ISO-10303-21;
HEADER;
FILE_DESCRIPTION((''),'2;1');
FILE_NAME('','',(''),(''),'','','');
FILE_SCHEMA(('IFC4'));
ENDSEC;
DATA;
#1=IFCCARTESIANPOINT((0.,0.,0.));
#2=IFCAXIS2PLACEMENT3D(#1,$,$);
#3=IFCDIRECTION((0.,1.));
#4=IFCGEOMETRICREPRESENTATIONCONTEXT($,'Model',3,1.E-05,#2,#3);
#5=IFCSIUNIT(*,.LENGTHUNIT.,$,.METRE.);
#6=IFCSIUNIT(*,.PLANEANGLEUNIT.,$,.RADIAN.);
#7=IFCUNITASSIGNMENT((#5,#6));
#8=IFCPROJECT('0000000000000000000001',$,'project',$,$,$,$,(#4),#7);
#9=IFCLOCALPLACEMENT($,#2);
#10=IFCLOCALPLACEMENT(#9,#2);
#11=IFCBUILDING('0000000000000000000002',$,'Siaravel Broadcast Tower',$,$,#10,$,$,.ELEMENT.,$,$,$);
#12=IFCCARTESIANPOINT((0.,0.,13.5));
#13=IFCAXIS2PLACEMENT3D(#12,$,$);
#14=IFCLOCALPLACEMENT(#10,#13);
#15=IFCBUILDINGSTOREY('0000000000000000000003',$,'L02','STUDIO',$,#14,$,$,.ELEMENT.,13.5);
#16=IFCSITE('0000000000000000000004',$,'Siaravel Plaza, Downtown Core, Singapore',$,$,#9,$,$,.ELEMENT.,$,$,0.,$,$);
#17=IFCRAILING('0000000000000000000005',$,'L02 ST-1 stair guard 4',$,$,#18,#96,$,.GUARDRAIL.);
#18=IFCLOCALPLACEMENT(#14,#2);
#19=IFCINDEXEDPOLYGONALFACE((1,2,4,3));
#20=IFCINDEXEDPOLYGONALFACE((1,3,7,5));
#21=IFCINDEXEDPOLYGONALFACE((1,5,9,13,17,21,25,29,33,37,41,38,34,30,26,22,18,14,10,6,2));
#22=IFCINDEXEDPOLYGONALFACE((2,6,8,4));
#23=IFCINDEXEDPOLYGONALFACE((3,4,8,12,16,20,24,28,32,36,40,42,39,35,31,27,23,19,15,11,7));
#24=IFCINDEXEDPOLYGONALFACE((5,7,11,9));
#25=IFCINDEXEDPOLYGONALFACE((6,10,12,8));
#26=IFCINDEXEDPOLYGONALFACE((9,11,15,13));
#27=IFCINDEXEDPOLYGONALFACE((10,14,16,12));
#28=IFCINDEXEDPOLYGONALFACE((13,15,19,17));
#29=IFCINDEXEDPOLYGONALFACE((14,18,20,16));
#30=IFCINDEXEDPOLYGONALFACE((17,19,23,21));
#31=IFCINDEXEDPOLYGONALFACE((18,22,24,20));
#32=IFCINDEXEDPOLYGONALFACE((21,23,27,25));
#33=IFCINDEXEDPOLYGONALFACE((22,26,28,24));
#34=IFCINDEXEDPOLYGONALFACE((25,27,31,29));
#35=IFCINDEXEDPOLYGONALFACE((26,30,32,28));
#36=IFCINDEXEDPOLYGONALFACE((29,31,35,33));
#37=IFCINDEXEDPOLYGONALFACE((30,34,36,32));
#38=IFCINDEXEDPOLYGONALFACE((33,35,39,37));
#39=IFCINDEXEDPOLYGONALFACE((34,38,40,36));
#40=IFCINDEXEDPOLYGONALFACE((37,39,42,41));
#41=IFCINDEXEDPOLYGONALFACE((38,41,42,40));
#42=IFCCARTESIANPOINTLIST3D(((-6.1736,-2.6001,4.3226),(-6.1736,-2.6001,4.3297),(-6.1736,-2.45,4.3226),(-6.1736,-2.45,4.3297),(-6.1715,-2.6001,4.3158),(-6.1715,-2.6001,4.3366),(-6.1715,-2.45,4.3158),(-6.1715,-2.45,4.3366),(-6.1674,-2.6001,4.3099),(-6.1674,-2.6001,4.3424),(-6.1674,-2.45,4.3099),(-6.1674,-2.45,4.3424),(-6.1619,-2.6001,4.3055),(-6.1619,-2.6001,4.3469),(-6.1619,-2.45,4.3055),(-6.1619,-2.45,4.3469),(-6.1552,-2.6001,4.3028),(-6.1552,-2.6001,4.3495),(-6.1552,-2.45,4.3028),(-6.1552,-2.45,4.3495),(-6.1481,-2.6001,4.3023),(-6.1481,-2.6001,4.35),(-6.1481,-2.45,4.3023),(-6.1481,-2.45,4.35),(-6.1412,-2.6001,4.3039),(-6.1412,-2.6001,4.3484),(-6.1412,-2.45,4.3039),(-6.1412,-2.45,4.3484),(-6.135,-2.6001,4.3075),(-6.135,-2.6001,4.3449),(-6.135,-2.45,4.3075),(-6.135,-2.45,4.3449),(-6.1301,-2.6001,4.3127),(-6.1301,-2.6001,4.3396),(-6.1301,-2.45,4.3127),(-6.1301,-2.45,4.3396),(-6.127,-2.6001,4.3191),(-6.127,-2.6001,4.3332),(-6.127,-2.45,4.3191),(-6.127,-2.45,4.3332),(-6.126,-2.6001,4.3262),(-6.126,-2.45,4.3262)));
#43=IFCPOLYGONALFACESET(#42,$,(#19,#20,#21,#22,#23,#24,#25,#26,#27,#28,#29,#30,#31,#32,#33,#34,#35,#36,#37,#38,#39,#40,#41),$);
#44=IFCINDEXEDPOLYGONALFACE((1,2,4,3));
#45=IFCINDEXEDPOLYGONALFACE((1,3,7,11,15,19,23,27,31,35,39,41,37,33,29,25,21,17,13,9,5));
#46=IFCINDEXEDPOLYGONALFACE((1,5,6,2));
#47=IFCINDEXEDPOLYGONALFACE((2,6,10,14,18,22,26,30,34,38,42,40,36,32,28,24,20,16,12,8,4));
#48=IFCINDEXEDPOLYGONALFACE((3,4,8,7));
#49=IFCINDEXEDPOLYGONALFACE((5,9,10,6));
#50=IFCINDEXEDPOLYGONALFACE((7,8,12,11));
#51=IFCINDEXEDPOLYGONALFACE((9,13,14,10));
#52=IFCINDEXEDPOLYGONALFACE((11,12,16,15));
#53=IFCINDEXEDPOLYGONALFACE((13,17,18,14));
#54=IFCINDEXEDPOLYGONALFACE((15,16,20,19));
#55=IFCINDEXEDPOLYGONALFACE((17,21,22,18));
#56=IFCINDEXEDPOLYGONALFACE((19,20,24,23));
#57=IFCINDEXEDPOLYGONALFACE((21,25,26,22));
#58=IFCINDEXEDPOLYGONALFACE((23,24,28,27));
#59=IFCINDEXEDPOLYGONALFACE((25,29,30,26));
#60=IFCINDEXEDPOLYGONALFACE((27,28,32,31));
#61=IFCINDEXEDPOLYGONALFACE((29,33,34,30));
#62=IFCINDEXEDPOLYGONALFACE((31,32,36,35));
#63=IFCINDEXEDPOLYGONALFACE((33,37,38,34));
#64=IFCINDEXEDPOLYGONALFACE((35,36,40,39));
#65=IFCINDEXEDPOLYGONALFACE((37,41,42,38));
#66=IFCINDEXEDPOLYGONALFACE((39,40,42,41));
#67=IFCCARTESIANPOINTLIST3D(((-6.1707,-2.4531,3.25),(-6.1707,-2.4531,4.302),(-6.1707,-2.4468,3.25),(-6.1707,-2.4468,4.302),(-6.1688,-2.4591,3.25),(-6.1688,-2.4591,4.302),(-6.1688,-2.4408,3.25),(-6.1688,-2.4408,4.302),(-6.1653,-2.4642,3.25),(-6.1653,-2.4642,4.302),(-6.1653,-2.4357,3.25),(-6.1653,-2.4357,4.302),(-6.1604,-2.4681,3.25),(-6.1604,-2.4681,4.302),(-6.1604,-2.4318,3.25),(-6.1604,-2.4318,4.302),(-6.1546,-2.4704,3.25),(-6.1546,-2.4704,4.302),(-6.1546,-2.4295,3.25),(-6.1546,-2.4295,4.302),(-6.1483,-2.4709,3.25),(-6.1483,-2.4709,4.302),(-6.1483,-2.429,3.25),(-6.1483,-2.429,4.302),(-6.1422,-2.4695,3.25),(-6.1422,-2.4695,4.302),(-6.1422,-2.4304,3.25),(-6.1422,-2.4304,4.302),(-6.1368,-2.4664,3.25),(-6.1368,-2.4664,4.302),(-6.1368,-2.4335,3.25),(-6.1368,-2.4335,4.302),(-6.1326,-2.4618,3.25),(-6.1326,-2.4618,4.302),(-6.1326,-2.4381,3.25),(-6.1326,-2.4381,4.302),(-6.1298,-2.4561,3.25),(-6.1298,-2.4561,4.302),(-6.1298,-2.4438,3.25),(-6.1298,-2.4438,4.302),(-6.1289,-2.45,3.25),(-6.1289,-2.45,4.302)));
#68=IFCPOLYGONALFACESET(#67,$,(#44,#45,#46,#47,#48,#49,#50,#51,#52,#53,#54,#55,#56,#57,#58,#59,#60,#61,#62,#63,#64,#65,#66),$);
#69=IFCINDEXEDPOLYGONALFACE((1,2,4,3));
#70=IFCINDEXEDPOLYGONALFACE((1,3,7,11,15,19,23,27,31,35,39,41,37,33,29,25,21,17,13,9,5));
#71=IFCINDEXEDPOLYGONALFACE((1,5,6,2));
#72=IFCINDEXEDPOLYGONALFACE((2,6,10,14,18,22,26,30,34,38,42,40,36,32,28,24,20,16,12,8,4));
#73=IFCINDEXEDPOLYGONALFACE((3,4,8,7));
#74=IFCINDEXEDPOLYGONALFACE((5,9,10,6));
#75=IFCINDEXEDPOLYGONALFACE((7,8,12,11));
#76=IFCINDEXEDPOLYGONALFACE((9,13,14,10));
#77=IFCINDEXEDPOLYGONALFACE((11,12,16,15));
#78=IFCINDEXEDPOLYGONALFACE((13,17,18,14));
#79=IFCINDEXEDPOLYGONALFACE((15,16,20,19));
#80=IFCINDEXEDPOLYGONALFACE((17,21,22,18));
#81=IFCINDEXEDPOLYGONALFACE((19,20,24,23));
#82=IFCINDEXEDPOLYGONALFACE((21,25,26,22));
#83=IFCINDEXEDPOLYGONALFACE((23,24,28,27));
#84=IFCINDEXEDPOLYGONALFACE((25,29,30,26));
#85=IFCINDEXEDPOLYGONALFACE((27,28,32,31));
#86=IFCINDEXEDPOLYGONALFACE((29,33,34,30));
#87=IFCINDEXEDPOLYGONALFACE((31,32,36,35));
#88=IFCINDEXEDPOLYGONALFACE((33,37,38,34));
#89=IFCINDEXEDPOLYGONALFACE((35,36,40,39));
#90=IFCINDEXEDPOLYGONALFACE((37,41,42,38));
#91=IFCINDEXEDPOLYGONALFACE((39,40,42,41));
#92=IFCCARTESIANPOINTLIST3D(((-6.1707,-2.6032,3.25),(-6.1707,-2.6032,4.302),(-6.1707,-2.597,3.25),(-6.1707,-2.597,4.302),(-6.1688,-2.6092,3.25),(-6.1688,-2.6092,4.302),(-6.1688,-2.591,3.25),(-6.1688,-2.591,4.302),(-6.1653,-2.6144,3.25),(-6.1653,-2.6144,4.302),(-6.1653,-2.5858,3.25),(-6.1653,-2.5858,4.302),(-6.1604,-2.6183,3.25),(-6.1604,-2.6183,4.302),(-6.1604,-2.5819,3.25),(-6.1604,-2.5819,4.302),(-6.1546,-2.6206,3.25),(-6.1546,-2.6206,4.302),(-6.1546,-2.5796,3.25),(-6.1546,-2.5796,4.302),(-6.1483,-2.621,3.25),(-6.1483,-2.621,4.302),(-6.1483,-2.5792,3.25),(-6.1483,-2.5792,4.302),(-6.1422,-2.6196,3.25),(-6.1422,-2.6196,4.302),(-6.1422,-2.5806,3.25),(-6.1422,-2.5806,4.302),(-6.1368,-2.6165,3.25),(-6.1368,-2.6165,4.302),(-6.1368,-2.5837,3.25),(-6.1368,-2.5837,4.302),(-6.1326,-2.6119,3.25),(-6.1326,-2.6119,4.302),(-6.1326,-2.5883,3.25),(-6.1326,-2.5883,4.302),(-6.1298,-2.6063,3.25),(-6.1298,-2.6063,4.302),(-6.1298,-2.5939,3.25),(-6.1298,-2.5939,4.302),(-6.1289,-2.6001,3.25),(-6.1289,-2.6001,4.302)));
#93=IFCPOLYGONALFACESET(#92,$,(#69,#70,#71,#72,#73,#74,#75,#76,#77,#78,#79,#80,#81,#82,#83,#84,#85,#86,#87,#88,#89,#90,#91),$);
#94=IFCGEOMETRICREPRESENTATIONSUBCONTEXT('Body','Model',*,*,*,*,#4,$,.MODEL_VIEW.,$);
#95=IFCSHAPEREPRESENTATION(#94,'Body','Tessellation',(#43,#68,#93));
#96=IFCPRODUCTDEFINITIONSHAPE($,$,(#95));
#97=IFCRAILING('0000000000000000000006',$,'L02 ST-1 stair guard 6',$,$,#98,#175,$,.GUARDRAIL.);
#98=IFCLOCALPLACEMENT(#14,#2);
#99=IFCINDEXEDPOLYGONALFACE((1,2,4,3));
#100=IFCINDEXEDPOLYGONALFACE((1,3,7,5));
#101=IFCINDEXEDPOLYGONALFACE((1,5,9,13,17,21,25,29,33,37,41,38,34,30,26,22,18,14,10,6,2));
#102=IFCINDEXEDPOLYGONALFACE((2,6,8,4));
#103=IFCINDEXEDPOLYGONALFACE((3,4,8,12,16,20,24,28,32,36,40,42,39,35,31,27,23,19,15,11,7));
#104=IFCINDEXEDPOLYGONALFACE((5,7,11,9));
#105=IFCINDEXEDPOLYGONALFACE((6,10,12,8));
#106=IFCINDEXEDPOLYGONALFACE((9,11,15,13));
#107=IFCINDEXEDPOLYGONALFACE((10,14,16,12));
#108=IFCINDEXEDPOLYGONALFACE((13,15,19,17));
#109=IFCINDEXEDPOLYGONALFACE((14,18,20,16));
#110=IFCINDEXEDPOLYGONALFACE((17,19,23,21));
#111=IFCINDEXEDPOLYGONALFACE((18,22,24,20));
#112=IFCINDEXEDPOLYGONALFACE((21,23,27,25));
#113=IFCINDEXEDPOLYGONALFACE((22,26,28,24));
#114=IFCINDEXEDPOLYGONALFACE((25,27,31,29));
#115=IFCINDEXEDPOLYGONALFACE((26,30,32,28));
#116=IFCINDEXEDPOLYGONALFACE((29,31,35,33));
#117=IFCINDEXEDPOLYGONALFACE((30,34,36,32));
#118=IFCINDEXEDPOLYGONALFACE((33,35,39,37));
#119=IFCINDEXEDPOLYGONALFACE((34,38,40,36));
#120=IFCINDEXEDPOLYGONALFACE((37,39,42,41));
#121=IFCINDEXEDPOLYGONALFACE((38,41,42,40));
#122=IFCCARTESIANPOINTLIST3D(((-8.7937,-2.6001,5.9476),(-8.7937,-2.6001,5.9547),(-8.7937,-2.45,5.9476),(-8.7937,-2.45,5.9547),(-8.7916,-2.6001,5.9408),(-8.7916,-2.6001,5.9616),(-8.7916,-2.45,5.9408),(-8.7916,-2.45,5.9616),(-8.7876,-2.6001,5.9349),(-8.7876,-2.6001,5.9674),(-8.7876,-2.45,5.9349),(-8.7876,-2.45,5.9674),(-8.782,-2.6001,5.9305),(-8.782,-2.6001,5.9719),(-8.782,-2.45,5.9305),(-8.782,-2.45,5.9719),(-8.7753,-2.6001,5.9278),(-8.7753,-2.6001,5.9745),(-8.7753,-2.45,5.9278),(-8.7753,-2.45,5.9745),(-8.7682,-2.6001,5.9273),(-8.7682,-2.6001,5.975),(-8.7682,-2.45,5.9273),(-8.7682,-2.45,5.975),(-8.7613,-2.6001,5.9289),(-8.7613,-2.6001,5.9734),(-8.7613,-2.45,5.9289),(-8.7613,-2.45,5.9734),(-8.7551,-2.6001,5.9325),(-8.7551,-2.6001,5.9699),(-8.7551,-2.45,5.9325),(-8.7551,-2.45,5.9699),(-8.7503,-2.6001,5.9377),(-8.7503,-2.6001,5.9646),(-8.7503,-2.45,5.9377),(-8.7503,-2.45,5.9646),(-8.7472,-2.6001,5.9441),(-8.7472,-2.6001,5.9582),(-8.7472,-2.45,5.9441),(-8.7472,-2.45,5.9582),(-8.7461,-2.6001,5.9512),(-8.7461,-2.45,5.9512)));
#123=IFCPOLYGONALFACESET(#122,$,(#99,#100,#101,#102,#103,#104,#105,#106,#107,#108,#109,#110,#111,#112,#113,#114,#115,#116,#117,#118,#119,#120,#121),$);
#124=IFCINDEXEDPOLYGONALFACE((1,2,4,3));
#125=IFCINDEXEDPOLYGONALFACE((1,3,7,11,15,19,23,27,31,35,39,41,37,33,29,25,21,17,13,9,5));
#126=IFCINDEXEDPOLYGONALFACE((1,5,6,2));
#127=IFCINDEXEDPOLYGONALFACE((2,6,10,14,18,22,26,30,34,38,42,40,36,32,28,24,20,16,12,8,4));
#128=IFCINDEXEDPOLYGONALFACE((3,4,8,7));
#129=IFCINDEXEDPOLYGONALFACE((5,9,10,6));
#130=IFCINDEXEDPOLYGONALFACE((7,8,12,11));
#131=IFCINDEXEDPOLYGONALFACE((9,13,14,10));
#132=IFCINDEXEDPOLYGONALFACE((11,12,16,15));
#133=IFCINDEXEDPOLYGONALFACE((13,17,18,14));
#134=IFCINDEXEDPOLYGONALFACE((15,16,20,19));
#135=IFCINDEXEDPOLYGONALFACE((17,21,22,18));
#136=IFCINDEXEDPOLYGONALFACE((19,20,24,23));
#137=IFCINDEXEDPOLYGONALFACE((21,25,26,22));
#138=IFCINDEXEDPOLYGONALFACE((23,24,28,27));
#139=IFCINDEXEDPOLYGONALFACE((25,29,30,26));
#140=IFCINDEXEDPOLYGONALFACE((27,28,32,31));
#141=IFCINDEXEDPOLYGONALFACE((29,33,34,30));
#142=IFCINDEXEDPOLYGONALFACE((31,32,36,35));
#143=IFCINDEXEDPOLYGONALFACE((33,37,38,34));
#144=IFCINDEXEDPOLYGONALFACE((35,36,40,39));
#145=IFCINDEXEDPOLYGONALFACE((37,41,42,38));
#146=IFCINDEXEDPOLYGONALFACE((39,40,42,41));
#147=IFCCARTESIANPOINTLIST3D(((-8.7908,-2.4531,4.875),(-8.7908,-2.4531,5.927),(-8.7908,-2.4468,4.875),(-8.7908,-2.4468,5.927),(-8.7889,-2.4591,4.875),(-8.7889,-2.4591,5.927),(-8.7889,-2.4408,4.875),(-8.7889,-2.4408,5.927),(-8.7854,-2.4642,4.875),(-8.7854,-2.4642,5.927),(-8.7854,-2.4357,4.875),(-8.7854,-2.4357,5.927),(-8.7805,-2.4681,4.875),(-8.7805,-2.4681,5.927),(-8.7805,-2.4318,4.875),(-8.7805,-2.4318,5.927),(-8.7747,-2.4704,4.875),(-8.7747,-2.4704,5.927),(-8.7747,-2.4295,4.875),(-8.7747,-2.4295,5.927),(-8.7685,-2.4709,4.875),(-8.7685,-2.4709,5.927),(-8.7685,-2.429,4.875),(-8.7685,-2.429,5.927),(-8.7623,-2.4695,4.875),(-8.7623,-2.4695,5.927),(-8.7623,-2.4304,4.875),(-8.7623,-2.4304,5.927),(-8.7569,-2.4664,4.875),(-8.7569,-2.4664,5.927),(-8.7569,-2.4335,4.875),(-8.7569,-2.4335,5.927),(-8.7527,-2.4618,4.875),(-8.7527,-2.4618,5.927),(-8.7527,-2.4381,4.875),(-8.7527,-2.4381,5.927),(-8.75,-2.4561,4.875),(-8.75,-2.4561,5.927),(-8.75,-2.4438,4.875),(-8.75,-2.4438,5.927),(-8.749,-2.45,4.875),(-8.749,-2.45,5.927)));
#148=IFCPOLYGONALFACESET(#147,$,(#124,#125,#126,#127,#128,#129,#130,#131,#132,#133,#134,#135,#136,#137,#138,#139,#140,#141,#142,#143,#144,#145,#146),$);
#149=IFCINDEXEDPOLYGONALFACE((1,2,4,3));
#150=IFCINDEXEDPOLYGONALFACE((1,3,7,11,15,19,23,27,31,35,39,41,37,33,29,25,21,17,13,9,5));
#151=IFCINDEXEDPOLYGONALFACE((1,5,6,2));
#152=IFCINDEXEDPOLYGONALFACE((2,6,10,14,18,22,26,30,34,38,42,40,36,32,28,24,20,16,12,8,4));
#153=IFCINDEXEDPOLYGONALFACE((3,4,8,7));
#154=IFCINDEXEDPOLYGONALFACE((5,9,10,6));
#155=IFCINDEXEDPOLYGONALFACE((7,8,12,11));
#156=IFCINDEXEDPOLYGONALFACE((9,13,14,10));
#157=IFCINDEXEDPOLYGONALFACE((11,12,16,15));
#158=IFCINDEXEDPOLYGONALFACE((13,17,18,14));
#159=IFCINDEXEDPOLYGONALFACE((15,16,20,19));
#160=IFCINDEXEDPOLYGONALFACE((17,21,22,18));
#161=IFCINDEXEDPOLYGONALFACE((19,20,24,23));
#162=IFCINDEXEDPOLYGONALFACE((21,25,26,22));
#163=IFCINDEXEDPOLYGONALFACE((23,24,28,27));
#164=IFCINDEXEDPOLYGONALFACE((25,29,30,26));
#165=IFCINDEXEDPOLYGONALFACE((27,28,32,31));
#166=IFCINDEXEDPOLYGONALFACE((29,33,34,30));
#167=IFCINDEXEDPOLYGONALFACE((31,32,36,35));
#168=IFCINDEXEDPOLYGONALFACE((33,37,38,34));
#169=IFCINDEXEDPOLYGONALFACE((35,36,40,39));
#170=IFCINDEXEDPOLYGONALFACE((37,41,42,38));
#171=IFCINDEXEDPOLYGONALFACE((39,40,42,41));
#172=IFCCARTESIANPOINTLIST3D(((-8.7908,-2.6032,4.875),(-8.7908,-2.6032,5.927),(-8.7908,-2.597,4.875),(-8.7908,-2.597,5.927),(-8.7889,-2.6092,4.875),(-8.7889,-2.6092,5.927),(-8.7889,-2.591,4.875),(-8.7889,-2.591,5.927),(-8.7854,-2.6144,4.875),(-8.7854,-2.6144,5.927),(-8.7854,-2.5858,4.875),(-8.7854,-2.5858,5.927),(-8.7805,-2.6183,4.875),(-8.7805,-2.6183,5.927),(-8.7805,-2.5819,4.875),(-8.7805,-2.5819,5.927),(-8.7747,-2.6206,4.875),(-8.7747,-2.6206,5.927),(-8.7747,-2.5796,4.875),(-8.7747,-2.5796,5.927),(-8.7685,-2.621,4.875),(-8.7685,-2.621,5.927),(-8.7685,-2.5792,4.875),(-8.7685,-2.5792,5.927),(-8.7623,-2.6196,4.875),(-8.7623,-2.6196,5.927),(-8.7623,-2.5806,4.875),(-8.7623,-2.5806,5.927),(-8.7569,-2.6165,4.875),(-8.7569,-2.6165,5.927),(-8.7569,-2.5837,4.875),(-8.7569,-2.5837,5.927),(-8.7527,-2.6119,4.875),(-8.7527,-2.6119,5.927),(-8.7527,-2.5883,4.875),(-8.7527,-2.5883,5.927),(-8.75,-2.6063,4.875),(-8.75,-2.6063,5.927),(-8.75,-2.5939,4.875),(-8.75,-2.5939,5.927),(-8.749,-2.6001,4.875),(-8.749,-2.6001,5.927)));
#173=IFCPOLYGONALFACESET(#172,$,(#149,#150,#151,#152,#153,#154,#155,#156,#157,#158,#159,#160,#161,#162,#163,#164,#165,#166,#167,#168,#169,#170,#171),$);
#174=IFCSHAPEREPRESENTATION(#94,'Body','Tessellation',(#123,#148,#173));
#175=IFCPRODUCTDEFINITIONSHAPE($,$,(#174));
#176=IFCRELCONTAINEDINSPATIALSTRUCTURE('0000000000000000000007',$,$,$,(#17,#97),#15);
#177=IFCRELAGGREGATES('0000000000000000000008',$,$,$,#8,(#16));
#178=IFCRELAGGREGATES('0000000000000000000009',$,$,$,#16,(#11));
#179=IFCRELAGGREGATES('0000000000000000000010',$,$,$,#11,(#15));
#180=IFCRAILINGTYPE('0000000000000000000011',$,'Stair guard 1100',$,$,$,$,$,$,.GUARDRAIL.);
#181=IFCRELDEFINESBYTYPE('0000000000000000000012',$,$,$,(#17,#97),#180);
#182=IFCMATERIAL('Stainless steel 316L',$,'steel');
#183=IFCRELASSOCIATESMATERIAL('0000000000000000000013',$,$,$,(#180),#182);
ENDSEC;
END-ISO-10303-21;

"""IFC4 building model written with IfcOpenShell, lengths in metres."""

from ifc_helpers import new_model, si_unit, direction, frame, origin, origin_2d, place, context, subcontext, project, spatial, circle, extrude, material, type_object, element, save


model = new_model("IFC4")

# Units and contexts
model_context = context("Model", 3, precision=1e-05, world=origin(), true_north=direction((0.0, 1.0)))
body_context = subcontext(model_context, "Body", "Model", "MODEL_VIEW")
ifc_project = project(units=[si_unit("LENGTHUNIT", "METRE"), si_unit("PLANEANGLEUNIT", "RADIAN")], contexts=[model_context])

# Site, building, storey
site_placement = place(None, origin())
site = spatial("IfcSite", under=ifc_project, at=site_placement, Name="Siaravel Plaza, Downtown Core, Singapore", CompositionType="ELEMENT", RefElevation=0.0)
building_placement = place(site_placement, origin())
building = spatial("IfcBuilding", under=site, at=building_placement, Name="Siaravel Broadcast Tower", CompositionType="ELEMENT")
storey_placement = place(building_placement, frame((0.0, 0.0, 13.5)))
storey = spatial("IfcBuildingStorey", under=building, at=storey_placement, Name="L02", Description="STUDIO", CompositionType="ELEMENT", Elevation=13.5)

# Railings
ifc_material_1 = material(Name="Stainless steel 316L", Category="steel")
railing_type_1 = type_object("IfcRailingType", Name="Stair guard 1100", PredefinedType="GUARDRAIL", material=ifc_material_1)
for number, where, name in (
    (1, (-6.1499, -2.45, 3.25), "L02 ST-1 stair guard 4"),
    (2, (-8.77, -2.45, 4.875), "L02 ST-1 stair guard 6"),
):
    element("IfcRailing", number, at=place(storey_placement, frame(where)), inside=storey, type_object=railing_type_1, Name=name, PredefinedType="GUARDRAIL", context=body_context, shape_type="SweptSolid", body=[
        extrude(circle(Radius=0.0239, at=origin_2d()), frame((0.0, 0.0, 1.0762), z_axis=(0.0, -1.0, 0.0), x_axis=(1.0, 0.0, 0.0)), (0.0, 0.0, 1.0), 0.1501),
        extrude(circle(Radius=0.021, at=origin_2d()), origin(), (0.0, 0.0, 1.0), 1.052),
        extrude(circle(Radius=0.021, at=origin_2d()), frame((0.0, -0.1501, 0.0)), (0.0, 0.0, 1.0), 1.052),
    ])

save(model, "model.ifc")
